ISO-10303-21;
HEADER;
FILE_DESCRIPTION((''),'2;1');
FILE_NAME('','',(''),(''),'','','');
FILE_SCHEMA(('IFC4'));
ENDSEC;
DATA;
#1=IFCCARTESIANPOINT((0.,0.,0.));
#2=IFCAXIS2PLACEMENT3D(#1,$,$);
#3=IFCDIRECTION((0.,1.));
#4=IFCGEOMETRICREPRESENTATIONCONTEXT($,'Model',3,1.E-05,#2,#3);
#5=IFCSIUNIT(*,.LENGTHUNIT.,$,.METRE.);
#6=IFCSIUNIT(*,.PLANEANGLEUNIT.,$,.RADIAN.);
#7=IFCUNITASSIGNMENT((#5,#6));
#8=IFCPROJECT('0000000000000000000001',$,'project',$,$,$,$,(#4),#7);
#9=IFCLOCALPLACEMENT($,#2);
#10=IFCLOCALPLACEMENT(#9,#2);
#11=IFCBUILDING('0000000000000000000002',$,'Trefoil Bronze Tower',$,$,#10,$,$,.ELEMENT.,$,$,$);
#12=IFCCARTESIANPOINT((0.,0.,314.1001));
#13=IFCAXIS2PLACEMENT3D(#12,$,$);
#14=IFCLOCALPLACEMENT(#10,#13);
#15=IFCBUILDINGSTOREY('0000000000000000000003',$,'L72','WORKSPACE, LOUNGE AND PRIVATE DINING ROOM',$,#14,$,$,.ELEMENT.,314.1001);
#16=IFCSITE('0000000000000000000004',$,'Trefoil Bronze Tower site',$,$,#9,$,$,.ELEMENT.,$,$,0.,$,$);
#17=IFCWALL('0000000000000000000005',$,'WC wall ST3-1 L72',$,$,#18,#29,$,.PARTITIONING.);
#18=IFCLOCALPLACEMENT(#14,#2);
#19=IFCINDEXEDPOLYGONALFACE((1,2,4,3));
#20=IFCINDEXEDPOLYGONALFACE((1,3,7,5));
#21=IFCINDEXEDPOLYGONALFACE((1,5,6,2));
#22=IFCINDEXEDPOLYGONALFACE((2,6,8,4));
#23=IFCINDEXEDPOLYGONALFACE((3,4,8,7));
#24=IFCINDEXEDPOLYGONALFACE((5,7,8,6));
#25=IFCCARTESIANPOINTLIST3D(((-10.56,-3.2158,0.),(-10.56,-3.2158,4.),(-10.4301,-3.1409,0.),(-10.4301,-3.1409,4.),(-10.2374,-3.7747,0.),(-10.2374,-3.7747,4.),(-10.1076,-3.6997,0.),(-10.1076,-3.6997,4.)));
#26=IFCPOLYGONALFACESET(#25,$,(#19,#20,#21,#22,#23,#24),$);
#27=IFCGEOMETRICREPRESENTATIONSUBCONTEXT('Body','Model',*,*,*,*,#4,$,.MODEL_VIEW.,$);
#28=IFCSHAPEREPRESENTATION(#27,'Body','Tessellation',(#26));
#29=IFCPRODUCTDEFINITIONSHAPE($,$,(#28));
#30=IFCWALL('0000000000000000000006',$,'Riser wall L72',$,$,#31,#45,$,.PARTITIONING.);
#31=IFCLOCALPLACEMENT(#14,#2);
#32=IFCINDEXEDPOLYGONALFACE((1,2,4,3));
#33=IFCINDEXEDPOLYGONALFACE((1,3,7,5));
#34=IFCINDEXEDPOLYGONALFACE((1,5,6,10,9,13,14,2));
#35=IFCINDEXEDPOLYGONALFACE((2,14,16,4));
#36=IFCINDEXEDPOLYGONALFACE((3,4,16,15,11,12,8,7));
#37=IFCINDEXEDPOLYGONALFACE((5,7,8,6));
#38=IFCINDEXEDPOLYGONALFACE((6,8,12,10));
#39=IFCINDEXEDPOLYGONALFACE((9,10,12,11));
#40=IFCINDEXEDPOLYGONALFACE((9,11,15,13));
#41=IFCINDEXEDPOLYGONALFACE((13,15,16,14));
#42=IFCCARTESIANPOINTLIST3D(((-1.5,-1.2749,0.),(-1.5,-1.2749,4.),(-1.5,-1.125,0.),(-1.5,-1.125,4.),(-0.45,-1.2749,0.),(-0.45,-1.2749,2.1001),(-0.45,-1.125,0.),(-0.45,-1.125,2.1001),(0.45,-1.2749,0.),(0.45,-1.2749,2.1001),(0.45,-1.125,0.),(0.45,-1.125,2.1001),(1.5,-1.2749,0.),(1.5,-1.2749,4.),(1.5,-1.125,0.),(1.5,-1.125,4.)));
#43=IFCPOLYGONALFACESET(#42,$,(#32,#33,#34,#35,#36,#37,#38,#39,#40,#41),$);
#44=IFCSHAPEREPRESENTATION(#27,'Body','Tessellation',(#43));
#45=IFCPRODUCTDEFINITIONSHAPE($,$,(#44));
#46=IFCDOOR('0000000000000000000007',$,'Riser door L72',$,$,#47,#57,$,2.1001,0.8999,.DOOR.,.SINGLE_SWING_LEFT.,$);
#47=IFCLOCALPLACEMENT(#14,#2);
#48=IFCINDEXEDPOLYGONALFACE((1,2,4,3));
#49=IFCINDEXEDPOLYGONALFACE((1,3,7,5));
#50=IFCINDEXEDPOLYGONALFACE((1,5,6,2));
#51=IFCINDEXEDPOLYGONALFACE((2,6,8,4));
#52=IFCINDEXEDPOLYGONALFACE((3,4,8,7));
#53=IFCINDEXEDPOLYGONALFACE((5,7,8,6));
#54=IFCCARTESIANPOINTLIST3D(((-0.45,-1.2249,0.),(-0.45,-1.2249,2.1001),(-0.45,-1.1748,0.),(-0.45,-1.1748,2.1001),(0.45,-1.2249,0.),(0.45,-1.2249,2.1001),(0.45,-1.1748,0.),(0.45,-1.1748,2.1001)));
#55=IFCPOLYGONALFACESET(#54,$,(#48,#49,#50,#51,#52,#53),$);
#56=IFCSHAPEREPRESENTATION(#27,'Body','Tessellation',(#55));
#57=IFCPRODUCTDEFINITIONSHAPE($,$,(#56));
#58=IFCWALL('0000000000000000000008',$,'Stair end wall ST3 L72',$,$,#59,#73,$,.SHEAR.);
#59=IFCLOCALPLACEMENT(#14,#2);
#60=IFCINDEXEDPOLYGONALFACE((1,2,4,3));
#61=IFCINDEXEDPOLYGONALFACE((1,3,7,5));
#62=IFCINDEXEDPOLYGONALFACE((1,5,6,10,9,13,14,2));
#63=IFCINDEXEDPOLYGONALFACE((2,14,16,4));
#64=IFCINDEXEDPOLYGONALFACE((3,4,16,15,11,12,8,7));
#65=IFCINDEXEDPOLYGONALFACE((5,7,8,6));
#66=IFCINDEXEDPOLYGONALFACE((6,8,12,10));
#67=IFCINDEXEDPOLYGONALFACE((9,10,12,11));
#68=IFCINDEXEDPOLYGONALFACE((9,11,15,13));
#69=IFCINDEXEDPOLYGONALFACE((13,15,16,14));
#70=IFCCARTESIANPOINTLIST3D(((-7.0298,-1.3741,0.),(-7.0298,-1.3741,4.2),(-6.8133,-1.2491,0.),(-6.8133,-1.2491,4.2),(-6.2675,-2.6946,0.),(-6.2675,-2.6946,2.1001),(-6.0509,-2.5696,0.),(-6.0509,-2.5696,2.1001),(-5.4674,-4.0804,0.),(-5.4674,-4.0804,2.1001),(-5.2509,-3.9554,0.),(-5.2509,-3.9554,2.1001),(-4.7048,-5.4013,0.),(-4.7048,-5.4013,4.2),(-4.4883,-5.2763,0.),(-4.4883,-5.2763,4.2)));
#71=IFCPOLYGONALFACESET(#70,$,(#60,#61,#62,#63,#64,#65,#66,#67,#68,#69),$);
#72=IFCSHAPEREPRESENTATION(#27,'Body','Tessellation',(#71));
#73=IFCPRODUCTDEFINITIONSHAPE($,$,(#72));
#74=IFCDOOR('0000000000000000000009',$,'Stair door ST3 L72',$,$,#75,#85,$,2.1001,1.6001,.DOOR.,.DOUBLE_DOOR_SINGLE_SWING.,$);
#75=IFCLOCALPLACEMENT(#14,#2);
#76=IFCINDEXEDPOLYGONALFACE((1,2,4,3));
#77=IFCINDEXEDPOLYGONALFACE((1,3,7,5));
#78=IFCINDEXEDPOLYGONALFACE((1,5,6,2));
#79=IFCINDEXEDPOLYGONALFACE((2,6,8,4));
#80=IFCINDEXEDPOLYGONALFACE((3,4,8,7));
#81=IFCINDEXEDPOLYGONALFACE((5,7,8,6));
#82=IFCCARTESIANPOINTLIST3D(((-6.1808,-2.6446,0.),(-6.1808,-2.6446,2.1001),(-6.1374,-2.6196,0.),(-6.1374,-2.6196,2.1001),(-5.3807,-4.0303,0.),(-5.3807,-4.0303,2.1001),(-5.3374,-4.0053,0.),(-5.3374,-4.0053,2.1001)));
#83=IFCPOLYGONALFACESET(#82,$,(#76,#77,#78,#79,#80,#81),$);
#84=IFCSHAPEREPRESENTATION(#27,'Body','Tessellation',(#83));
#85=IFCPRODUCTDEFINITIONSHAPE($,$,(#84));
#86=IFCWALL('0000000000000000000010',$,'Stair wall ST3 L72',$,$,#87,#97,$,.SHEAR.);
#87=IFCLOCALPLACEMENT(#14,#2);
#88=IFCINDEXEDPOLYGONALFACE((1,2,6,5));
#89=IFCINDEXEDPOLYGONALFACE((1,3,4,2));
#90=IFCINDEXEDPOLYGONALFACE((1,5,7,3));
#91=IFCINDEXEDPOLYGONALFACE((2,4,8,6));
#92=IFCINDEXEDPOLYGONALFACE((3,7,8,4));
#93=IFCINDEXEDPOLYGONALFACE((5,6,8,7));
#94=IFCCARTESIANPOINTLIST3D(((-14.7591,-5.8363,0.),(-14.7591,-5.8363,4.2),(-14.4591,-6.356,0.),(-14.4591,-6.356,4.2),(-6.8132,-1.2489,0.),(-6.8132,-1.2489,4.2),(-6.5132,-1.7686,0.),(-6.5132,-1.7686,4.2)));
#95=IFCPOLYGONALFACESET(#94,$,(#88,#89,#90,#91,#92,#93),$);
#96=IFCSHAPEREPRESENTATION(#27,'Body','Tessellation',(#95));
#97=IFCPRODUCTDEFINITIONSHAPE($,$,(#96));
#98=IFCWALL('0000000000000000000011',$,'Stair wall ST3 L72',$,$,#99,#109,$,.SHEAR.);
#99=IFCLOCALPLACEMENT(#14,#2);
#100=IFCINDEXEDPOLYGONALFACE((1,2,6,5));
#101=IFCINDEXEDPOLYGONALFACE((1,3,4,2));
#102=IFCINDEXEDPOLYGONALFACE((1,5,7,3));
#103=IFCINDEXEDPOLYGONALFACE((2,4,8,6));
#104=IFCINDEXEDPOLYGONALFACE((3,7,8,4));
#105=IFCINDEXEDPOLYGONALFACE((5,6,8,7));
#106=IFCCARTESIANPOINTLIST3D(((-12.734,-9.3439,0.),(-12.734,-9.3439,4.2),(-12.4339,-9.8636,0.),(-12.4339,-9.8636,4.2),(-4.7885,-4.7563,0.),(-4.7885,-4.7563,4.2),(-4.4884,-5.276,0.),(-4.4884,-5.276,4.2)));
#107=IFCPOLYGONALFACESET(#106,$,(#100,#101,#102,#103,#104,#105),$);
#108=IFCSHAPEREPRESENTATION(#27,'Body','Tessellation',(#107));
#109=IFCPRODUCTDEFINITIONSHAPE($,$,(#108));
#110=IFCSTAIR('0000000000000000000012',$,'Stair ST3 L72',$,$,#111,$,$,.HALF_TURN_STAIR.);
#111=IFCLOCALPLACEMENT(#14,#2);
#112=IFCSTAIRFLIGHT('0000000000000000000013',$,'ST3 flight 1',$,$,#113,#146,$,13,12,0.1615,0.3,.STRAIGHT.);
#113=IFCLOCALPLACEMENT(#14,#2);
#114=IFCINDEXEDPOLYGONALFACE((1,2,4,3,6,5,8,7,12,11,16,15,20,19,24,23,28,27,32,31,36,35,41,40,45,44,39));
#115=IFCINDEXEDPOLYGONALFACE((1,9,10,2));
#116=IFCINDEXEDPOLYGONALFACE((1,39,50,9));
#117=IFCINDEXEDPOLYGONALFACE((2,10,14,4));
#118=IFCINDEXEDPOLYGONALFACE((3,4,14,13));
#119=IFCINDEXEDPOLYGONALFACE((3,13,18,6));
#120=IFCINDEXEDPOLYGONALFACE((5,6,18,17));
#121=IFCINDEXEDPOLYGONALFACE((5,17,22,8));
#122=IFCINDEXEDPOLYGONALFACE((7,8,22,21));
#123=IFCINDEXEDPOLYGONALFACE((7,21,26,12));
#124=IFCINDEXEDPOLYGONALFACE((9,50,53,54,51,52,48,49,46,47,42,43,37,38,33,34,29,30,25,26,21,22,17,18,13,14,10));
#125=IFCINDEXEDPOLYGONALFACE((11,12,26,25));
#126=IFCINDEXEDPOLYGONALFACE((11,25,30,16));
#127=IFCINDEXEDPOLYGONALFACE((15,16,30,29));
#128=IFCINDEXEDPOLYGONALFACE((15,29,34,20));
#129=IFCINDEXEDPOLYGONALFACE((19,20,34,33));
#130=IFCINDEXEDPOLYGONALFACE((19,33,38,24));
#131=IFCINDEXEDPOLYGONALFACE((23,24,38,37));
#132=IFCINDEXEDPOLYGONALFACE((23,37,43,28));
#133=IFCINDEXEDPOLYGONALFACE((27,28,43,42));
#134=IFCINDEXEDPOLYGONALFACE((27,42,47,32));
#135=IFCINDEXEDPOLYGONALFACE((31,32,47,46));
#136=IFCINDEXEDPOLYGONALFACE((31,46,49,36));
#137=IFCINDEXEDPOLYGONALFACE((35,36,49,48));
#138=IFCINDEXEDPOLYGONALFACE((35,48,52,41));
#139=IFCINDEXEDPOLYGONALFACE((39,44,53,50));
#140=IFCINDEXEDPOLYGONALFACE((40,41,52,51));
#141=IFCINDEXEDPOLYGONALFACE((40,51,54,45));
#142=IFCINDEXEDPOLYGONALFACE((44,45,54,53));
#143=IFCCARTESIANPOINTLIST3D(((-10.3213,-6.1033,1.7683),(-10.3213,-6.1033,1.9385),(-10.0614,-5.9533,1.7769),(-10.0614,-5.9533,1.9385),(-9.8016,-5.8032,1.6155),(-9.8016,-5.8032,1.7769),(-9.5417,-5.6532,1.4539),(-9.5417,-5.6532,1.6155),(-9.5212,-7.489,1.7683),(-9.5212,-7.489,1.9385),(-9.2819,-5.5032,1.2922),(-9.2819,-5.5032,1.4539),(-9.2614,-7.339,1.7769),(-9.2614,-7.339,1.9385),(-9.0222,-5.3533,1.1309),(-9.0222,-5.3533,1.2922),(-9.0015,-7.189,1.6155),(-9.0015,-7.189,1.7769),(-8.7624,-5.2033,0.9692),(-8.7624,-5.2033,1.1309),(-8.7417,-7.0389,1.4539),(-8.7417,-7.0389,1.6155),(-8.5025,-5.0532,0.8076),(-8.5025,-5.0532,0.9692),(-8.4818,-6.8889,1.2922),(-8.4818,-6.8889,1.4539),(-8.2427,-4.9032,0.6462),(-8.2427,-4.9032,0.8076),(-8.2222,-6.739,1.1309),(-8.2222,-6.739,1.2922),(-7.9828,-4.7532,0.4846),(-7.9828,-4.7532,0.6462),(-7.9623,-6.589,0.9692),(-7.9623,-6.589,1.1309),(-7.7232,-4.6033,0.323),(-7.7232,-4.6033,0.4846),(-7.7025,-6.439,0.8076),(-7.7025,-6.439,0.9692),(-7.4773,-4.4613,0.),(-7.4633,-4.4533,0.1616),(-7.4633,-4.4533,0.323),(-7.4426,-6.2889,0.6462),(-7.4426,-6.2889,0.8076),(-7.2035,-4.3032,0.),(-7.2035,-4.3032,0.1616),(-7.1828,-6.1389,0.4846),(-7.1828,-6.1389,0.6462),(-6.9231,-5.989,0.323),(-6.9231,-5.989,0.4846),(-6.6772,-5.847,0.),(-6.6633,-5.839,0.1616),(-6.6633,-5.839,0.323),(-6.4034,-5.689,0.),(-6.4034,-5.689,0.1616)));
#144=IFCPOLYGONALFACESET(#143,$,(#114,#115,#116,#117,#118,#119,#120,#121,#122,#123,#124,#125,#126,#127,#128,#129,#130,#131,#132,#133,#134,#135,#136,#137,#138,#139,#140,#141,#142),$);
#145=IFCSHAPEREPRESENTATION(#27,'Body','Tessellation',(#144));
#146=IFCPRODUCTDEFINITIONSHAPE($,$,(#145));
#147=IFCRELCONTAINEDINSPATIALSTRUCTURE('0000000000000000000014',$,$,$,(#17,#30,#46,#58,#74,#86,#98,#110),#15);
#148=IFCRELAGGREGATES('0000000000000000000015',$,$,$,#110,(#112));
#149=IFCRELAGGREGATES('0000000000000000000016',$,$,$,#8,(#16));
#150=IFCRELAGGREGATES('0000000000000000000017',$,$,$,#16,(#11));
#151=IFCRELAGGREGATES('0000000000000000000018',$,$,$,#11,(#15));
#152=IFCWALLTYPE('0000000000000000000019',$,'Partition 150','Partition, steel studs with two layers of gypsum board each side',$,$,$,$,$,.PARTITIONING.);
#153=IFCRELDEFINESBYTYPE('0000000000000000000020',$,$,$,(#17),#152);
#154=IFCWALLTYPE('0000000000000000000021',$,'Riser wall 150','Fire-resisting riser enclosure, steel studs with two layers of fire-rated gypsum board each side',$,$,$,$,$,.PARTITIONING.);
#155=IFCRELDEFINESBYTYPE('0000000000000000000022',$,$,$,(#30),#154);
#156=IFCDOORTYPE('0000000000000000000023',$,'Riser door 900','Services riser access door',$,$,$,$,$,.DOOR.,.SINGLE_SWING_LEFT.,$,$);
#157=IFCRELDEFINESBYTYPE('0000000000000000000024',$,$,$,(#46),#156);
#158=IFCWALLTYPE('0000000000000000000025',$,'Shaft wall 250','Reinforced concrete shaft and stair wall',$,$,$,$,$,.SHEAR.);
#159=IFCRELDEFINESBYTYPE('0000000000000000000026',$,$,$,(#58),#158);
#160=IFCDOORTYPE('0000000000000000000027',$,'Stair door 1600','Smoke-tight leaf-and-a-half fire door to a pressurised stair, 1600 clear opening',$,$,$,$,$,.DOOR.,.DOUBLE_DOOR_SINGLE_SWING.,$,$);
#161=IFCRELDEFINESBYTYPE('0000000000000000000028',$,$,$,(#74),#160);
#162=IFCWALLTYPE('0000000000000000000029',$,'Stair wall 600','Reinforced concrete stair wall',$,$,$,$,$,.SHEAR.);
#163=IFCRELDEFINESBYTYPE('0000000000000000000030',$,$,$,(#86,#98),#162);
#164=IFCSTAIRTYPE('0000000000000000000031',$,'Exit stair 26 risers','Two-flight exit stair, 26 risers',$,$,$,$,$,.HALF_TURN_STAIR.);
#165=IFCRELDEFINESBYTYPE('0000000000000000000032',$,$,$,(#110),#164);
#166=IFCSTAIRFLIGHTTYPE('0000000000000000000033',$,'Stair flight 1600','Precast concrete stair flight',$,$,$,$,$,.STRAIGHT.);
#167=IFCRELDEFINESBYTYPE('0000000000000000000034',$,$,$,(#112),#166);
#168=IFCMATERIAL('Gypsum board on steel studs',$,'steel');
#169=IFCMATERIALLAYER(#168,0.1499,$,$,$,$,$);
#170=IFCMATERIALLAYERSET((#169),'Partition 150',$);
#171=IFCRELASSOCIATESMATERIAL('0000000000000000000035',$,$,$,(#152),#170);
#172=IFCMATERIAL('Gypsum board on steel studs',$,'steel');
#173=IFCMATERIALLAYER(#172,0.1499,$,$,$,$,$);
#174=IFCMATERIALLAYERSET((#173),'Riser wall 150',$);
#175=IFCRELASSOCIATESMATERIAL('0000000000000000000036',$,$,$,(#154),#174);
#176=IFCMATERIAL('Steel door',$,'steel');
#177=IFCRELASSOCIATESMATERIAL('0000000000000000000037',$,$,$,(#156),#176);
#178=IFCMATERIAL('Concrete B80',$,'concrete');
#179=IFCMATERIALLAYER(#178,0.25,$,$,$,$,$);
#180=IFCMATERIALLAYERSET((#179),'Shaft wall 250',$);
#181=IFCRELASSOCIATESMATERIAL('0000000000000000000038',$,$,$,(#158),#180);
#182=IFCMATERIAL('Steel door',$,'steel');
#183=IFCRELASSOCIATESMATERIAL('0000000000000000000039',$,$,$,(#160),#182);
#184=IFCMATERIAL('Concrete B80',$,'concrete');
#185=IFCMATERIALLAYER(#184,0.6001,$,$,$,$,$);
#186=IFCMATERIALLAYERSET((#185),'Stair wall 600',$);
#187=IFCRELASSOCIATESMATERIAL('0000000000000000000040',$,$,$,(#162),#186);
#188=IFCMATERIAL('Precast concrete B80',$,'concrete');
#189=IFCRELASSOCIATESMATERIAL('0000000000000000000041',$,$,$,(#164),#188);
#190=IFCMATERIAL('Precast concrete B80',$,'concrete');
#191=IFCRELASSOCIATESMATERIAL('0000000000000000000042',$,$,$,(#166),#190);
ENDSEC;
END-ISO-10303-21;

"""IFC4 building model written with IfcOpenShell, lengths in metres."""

from ifc_helpers import new_model, si_unit, direction, frame, frame_2d, origin, place, context, subcontext, project, spatial, polyline, rectangle, outline, extrude, material, layer, layer_set, type_object, element, fill, aggregate, save


model = new_model("IFC4")

# Units and contexts
model_context = context("Model", 3, precision=1e-05, world=origin(), true_north=direction((0.0, 1.0)))
body_context = subcontext(model_context, "Body", "Model", "MODEL_VIEW")
ifc_project = project(units=[si_unit("LENGTHUNIT", "METRE"), si_unit("PLANEANGLEUNIT", "RADIAN")], contexts=[model_context])

# Site, building, storey
site_placement = place(None, origin())
site = spatial("IfcSite", under=ifc_project, at=site_placement, Name="Trefoil Bronze Tower site", CompositionType="ELEMENT", RefElevation=0.0)
building_placement = place(site_placement, origin())
building = spatial("IfcBuilding", under=site, at=building_placement, Name="Trefoil Bronze Tower", CompositionType="ELEMENT")
storey_placement = place(building_placement, frame((0.0, 0.0, 314.1001)))
storey = spatial("IfcBuildingStorey", under=building, at=storey_placement, Name="L72", Description="WORKSPACE, LOUNGE AND PRIVATE DINING ROOM", CompositionType="ELEMENT", Elevation=314.1001)

# Shared definitions
ifc_material_1 = material(Name="Gypsum board on steel studs", Category="steel")
ifc_layer_1 = layer(ifc_material_1, 0.1499)
ifc_layer_set_1 = layer_set([ifc_layer_1], Name="Partition 150")
wall_type_1 = type_object("IfcWallType", Name="Partition 150", Description="Partition, steel studs with two layers of gypsum board each side", PredefinedType="PARTITIONING", material=ifc_layer_set_1)

# Wall
wall_1_placement = place(storey_placement, frame((-10.4951, -3.1782, 0.0), z_axis=(0.0, 0.0, 1.0), x_axis=(0.499843, -0.866116, 0.0)))
element("IfcWall", 1, at=wall_1_placement, inside=storey, type_object=wall_type_1, Name="WC wall ST3-1 L72", PredefinedType="PARTITIONING", context=body_context, shape_type="SweptSolid", body=[
    extrude(rectangle(XDim=0.6453, YDim=0.1499, at=frame_2d((0.3228, 0.0))), origin(), (0.0, 0.0, 1.0), 4.0),
])

# Walls, openings, doors
ifc_material_2 = material(Name="Gypsum board on steel studs", Category="steel")
ifc_layer_2 = layer(ifc_material_2, 0.1499)
ifc_layer_set_2 = layer_set([ifc_layer_2], Name="Riser wall 150")
wall_type_2 = type_object("IfcWallType", Name="Riser wall 150", Description="Fire-resisting riser enclosure, steel studs with two layers of fire-rated gypsum board each side", PredefinedType="PARTITIONING", material=ifc_layer_set_2)
wall_2_placement = place(storey_placement, frame((-1.5, -1.2, 0.0), z_axis=(0.0, 0.0, 1.0), x_axis=(1.0, 0.0, 0.0)))
wall_2 = element("IfcWall", 2, at=wall_2_placement, inside=storey, type_object=wall_type_2, Name="Riser wall L72", PredefinedType="PARTITIONING", context=body_context, shape_type="SweptSolid", body=[
    extrude(rectangle(XDim=3.0, YDim=0.1499, at=frame_2d((1.5, 0.0))), origin(), (0.0, 0.0, 1.0), 4.0),
])
opening_1_placement = place(wall_2_placement, frame((1.05, 0.0, 0.0)))
opening_1 = element("IfcOpeningElement", 3, at=opening_1_placement, cuts=wall_2, PredefinedType="OPENING", context=body_context, shape_type="SweptSolid", body=[
    extrude(rectangle(XDim=0.8999, YDim=2.1001, at=frame_2d((0.45, 1.05))), frame((0.0, 0.085, 0.0), z_axis=(0.0, -1.0, 0.0), x_axis=(1.0, 0.0, 0.0)), (0.0, 0.0, 1.0), 0.1699),
])
ifc_material_3 = material(Name="Steel door", Category="steel")
door_type_1 = type_object("IfcDoorType", Name="Riser door 900", Description="Services riser access door", OperationType="SINGLE_SWING_LEFT", PredefinedType="DOOR", material=ifc_material_3)
door_1_placement = place(opening_1_placement, frame((0.8999, 0.0, 0.0), z_axis=(0.0, 0.0, 1.0), x_axis=(-1.0, 0.0, 0.0)))
door_1 = element("IfcDoor", 4, at=door_1_placement, inside=storey, type_object=door_type_1, Name="Riser door L72", OperationType="SINGLE_SWING_LEFT", OverallHeight=2.1001, OverallWidth=0.8999, PredefinedType="DOOR", context=body_context, shape_type="SweptSolid", body=[
    extrude(rectangle(XDim=0.8999, YDim=2.1001, at=frame_2d((0.45, 1.05))), frame((0.0, 0.0249, 0.0), z_axis=(0.0, -1.0, 0.0), x_axis=(1.0, 0.0, 0.0)), (0.0, 0.0, 1.0), 0.05),
])
fill(opening_1, door_1)
ifc_material_4 = material(Name="Concrete B80", Category="concrete")
ifc_layer_3 = layer(ifc_material_4, 0.25)
ifc_layer_set_3 = layer_set([ifc_layer_3], Name="Shaft wall 250")
wall_type_3 = type_object("IfcWallType", Name="Shaft wall 250", Description="Reinforced concrete shaft and stair wall", PredefinedType="SHEAR", material=ifc_layer_set_3)
wall_3_placement = place(storey_placement, frame((-6.9216, -1.3115, 0.0), z_axis=(0.0, 0.0, 1.0), x_axis=(0.499985, -0.866034, 0.0)))
wall_3 = element("IfcWall", 5, at=wall_3_placement, inside=storey, type_object=wall_type_3, Name="Stair end wall ST3 L72", PredefinedType="SHEAR", context=body_context, shape_type="SweptSolid", body=[
    extrude(rectangle(XDim=4.6501, YDim=0.25, at=frame_2d((2.3252, 0.0))), origin(), (0.0, 0.0, 1.0), 4.2),
])
opening_2_placement = place(wall_3_placement, frame((1.5249, 0.0, 0.0)))
opening_2 = element("IfcOpeningElement", 6, at=opening_2_placement, cuts=wall_3, PredefinedType="OPENING", context=body_context, shape_type="SweptSolid", body=[
    extrude(rectangle(XDim=1.6001, YDim=2.1001, at=frame_2d((0.8, 1.05))), frame((0.0, 0.135, 0.0), z_axis=(0.0, -1.0, 0.0), x_axis=(1.0, 0.0, 0.0)), (0.0, 0.0, 1.0), 0.27),
])
ifc_material_5 = material(Name="Steel door", Category="steel")
door_type_2 = type_object("IfcDoorType", Name="Stair door 1600", Description="Smoke-tight leaf-and-a-half fire door to a pressurised stair, 1600 clear opening", OperationType="DOUBLE_DOOR_SINGLE_SWING", PredefinedType="DOOR", material=ifc_material_5)
door_2_placement = place(opening_2_placement, frame((1.6001, 0.0, 0.0), z_axis=(0.0, 0.0, 1.0), x_axis=(-1.0, 0.0, 0.0)))
door_2 = element("IfcDoor", 7, at=door_2_placement, inside=storey, type_object=door_type_2, Name="Stair door ST3 L72", OperationType="DOUBLE_DOOR_SINGLE_SWING", OverallHeight=2.1001, OverallWidth=1.6001, PredefinedType="DOOR", context=body_context, shape_type="SweptSolid", body=[
    extrude(rectangle(XDim=1.6001, YDim=2.1001, at=frame_2d((0.8, 1.05))), frame((0.0, 0.0249, 0.0), z_axis=(0.0, -1.0, 0.0), x_axis=(1.0, 0.0, 0.0)), (0.0, 0.0, 1.0), 0.05),
])
fill(opening_2, door_2)

# Walls
ifc_material_6 = material(Name="Concrete B80", Category="concrete")
ifc_layer_4 = layer(ifc_material_6, 0.6001)
ifc_layer_set_4 = layer_set([ifc_layer_4], Name="Stair wall 600")
wall_type_4 = type_object("IfcWallType", Name="Stair wall 600", Description="Reinforced concrete stair wall", PredefinedType="SHEAR", material=ifc_layer_set_4)
wall_4_placement = place(storey_placement, frame((-6.6633, -1.5088, 0.0), z_axis=(0.0, 0.0, 1.0), x_axis=(-0.86603, -0.499991, 0.0)))
element("IfcWall", 8, at=wall_4_placement, inside=storey, type_object=wall_type_4, Name="Stair wall ST3 L72", PredefinedType="SHEAR", context=body_context, shape_type="SweptSolid", body=[
    extrude(rectangle(XDim=9.175, YDim=0.6001, at=frame_2d((4.5874, 0.0))), origin(), (0.0, 0.0, 1.0), 4.2),
])
wall_5_placement = place(storey_placement, frame((-4.6384, -5.0161, 0.0), z_axis=(0.0, 0.0, 1.0), x_axis=(-0.866012, -0.500023, 0.0)))
element("IfcWall", 9, at=wall_5_placement, inside=storey, type_object=wall_type_4, Name="Stair wall ST3 L72", PredefinedType="SHEAR", context=body_context, shape_type="SweptSolid", body=[
    extrude(rectangle(XDim=9.1748, YDim=0.6001, at=frame_2d((4.5874, 0.0))), origin(), (0.0, 0.0, 1.0), 4.2),
])

# Stair, stair flight
ifc_material_7 = material(Name="Precast concrete B80", Category="concrete")
stair_type = type_object("IfcStairType", Name="Exit stair 26 risers", Description="Two-flight exit stair, 26 risers", PredefinedType="HALF_TURN_STAIR", material=ifc_material_7)
stair_placement = place(storey_placement, origin())
stair = element("IfcStair", 10, at=stair_placement, inside=storey, type_object=stair_type, Name="Stair ST3 L72", PredefinedType="HALF_TURN_STAIR")
ifc_material_8 = material(Name="Precast concrete B80", Category="concrete")
stair_flight_type = type_object("IfcStairFlightType", Name="Stair flight 1600", Description="Precast concrete stair flight", PredefinedType="STRAIGHT", material=ifc_material_8)
stair_flight_placement = place(storey_placement, frame((-6.8035, -4.9961, 0.0), z_axis=(0.0, 0.0, 1.0), x_axis=(-0.866025, -0.5, 0.0)))
stair_flight = element("IfcStairFlight", 11, at=stair_flight_placement, type_object=stair_flight_type, Name="ST3 flight 1", NumberOfRisers=13, NumberOfTreads=12, PredefinedType="STRAIGHT", RiserHeight=0.1615, TreadLength=0.3, context=body_context, shape_type="SweptSolid", body=[
    extrude(outline(polyline([(0.0, 0.0), (0.0, 0.1616), (0.3, 0.1616), (0.3, 0.323), (0.6001, 0.323), (0.6001, 0.4846), (0.8999, 0.4846), (0.8999, 0.6462), (1.2, 0.6462), (1.2, 0.8076), (1.5, 0.8076), (1.5, 0.9692), (1.8, 0.9692), (1.8, 1.1309), (2.1001, 1.1309), (2.1001, 1.2922), (2.3999, 1.2922), (2.3999, 1.4539), (2.7, 1.4539), (2.7, 1.6155), (3.0, 1.6155), (3.0, 1.7769), (3.3, 1.7769), (3.3, 1.9385), (3.6001, 1.9385), (3.6001, 2.1001), (3.6001, 1.7683), (0.3162, 0.0), (0.0, 0.0)])), frame((0.0, 0.8, 0.0), z_axis=(0.0, -1.0, 0.0), x_axis=(1.0, 0.0, 0.0)), (0.0, 0.0, 1.0), 1.6001),
])
aggregate(stair, [stair_flight])

save(model, "model.ifc")
